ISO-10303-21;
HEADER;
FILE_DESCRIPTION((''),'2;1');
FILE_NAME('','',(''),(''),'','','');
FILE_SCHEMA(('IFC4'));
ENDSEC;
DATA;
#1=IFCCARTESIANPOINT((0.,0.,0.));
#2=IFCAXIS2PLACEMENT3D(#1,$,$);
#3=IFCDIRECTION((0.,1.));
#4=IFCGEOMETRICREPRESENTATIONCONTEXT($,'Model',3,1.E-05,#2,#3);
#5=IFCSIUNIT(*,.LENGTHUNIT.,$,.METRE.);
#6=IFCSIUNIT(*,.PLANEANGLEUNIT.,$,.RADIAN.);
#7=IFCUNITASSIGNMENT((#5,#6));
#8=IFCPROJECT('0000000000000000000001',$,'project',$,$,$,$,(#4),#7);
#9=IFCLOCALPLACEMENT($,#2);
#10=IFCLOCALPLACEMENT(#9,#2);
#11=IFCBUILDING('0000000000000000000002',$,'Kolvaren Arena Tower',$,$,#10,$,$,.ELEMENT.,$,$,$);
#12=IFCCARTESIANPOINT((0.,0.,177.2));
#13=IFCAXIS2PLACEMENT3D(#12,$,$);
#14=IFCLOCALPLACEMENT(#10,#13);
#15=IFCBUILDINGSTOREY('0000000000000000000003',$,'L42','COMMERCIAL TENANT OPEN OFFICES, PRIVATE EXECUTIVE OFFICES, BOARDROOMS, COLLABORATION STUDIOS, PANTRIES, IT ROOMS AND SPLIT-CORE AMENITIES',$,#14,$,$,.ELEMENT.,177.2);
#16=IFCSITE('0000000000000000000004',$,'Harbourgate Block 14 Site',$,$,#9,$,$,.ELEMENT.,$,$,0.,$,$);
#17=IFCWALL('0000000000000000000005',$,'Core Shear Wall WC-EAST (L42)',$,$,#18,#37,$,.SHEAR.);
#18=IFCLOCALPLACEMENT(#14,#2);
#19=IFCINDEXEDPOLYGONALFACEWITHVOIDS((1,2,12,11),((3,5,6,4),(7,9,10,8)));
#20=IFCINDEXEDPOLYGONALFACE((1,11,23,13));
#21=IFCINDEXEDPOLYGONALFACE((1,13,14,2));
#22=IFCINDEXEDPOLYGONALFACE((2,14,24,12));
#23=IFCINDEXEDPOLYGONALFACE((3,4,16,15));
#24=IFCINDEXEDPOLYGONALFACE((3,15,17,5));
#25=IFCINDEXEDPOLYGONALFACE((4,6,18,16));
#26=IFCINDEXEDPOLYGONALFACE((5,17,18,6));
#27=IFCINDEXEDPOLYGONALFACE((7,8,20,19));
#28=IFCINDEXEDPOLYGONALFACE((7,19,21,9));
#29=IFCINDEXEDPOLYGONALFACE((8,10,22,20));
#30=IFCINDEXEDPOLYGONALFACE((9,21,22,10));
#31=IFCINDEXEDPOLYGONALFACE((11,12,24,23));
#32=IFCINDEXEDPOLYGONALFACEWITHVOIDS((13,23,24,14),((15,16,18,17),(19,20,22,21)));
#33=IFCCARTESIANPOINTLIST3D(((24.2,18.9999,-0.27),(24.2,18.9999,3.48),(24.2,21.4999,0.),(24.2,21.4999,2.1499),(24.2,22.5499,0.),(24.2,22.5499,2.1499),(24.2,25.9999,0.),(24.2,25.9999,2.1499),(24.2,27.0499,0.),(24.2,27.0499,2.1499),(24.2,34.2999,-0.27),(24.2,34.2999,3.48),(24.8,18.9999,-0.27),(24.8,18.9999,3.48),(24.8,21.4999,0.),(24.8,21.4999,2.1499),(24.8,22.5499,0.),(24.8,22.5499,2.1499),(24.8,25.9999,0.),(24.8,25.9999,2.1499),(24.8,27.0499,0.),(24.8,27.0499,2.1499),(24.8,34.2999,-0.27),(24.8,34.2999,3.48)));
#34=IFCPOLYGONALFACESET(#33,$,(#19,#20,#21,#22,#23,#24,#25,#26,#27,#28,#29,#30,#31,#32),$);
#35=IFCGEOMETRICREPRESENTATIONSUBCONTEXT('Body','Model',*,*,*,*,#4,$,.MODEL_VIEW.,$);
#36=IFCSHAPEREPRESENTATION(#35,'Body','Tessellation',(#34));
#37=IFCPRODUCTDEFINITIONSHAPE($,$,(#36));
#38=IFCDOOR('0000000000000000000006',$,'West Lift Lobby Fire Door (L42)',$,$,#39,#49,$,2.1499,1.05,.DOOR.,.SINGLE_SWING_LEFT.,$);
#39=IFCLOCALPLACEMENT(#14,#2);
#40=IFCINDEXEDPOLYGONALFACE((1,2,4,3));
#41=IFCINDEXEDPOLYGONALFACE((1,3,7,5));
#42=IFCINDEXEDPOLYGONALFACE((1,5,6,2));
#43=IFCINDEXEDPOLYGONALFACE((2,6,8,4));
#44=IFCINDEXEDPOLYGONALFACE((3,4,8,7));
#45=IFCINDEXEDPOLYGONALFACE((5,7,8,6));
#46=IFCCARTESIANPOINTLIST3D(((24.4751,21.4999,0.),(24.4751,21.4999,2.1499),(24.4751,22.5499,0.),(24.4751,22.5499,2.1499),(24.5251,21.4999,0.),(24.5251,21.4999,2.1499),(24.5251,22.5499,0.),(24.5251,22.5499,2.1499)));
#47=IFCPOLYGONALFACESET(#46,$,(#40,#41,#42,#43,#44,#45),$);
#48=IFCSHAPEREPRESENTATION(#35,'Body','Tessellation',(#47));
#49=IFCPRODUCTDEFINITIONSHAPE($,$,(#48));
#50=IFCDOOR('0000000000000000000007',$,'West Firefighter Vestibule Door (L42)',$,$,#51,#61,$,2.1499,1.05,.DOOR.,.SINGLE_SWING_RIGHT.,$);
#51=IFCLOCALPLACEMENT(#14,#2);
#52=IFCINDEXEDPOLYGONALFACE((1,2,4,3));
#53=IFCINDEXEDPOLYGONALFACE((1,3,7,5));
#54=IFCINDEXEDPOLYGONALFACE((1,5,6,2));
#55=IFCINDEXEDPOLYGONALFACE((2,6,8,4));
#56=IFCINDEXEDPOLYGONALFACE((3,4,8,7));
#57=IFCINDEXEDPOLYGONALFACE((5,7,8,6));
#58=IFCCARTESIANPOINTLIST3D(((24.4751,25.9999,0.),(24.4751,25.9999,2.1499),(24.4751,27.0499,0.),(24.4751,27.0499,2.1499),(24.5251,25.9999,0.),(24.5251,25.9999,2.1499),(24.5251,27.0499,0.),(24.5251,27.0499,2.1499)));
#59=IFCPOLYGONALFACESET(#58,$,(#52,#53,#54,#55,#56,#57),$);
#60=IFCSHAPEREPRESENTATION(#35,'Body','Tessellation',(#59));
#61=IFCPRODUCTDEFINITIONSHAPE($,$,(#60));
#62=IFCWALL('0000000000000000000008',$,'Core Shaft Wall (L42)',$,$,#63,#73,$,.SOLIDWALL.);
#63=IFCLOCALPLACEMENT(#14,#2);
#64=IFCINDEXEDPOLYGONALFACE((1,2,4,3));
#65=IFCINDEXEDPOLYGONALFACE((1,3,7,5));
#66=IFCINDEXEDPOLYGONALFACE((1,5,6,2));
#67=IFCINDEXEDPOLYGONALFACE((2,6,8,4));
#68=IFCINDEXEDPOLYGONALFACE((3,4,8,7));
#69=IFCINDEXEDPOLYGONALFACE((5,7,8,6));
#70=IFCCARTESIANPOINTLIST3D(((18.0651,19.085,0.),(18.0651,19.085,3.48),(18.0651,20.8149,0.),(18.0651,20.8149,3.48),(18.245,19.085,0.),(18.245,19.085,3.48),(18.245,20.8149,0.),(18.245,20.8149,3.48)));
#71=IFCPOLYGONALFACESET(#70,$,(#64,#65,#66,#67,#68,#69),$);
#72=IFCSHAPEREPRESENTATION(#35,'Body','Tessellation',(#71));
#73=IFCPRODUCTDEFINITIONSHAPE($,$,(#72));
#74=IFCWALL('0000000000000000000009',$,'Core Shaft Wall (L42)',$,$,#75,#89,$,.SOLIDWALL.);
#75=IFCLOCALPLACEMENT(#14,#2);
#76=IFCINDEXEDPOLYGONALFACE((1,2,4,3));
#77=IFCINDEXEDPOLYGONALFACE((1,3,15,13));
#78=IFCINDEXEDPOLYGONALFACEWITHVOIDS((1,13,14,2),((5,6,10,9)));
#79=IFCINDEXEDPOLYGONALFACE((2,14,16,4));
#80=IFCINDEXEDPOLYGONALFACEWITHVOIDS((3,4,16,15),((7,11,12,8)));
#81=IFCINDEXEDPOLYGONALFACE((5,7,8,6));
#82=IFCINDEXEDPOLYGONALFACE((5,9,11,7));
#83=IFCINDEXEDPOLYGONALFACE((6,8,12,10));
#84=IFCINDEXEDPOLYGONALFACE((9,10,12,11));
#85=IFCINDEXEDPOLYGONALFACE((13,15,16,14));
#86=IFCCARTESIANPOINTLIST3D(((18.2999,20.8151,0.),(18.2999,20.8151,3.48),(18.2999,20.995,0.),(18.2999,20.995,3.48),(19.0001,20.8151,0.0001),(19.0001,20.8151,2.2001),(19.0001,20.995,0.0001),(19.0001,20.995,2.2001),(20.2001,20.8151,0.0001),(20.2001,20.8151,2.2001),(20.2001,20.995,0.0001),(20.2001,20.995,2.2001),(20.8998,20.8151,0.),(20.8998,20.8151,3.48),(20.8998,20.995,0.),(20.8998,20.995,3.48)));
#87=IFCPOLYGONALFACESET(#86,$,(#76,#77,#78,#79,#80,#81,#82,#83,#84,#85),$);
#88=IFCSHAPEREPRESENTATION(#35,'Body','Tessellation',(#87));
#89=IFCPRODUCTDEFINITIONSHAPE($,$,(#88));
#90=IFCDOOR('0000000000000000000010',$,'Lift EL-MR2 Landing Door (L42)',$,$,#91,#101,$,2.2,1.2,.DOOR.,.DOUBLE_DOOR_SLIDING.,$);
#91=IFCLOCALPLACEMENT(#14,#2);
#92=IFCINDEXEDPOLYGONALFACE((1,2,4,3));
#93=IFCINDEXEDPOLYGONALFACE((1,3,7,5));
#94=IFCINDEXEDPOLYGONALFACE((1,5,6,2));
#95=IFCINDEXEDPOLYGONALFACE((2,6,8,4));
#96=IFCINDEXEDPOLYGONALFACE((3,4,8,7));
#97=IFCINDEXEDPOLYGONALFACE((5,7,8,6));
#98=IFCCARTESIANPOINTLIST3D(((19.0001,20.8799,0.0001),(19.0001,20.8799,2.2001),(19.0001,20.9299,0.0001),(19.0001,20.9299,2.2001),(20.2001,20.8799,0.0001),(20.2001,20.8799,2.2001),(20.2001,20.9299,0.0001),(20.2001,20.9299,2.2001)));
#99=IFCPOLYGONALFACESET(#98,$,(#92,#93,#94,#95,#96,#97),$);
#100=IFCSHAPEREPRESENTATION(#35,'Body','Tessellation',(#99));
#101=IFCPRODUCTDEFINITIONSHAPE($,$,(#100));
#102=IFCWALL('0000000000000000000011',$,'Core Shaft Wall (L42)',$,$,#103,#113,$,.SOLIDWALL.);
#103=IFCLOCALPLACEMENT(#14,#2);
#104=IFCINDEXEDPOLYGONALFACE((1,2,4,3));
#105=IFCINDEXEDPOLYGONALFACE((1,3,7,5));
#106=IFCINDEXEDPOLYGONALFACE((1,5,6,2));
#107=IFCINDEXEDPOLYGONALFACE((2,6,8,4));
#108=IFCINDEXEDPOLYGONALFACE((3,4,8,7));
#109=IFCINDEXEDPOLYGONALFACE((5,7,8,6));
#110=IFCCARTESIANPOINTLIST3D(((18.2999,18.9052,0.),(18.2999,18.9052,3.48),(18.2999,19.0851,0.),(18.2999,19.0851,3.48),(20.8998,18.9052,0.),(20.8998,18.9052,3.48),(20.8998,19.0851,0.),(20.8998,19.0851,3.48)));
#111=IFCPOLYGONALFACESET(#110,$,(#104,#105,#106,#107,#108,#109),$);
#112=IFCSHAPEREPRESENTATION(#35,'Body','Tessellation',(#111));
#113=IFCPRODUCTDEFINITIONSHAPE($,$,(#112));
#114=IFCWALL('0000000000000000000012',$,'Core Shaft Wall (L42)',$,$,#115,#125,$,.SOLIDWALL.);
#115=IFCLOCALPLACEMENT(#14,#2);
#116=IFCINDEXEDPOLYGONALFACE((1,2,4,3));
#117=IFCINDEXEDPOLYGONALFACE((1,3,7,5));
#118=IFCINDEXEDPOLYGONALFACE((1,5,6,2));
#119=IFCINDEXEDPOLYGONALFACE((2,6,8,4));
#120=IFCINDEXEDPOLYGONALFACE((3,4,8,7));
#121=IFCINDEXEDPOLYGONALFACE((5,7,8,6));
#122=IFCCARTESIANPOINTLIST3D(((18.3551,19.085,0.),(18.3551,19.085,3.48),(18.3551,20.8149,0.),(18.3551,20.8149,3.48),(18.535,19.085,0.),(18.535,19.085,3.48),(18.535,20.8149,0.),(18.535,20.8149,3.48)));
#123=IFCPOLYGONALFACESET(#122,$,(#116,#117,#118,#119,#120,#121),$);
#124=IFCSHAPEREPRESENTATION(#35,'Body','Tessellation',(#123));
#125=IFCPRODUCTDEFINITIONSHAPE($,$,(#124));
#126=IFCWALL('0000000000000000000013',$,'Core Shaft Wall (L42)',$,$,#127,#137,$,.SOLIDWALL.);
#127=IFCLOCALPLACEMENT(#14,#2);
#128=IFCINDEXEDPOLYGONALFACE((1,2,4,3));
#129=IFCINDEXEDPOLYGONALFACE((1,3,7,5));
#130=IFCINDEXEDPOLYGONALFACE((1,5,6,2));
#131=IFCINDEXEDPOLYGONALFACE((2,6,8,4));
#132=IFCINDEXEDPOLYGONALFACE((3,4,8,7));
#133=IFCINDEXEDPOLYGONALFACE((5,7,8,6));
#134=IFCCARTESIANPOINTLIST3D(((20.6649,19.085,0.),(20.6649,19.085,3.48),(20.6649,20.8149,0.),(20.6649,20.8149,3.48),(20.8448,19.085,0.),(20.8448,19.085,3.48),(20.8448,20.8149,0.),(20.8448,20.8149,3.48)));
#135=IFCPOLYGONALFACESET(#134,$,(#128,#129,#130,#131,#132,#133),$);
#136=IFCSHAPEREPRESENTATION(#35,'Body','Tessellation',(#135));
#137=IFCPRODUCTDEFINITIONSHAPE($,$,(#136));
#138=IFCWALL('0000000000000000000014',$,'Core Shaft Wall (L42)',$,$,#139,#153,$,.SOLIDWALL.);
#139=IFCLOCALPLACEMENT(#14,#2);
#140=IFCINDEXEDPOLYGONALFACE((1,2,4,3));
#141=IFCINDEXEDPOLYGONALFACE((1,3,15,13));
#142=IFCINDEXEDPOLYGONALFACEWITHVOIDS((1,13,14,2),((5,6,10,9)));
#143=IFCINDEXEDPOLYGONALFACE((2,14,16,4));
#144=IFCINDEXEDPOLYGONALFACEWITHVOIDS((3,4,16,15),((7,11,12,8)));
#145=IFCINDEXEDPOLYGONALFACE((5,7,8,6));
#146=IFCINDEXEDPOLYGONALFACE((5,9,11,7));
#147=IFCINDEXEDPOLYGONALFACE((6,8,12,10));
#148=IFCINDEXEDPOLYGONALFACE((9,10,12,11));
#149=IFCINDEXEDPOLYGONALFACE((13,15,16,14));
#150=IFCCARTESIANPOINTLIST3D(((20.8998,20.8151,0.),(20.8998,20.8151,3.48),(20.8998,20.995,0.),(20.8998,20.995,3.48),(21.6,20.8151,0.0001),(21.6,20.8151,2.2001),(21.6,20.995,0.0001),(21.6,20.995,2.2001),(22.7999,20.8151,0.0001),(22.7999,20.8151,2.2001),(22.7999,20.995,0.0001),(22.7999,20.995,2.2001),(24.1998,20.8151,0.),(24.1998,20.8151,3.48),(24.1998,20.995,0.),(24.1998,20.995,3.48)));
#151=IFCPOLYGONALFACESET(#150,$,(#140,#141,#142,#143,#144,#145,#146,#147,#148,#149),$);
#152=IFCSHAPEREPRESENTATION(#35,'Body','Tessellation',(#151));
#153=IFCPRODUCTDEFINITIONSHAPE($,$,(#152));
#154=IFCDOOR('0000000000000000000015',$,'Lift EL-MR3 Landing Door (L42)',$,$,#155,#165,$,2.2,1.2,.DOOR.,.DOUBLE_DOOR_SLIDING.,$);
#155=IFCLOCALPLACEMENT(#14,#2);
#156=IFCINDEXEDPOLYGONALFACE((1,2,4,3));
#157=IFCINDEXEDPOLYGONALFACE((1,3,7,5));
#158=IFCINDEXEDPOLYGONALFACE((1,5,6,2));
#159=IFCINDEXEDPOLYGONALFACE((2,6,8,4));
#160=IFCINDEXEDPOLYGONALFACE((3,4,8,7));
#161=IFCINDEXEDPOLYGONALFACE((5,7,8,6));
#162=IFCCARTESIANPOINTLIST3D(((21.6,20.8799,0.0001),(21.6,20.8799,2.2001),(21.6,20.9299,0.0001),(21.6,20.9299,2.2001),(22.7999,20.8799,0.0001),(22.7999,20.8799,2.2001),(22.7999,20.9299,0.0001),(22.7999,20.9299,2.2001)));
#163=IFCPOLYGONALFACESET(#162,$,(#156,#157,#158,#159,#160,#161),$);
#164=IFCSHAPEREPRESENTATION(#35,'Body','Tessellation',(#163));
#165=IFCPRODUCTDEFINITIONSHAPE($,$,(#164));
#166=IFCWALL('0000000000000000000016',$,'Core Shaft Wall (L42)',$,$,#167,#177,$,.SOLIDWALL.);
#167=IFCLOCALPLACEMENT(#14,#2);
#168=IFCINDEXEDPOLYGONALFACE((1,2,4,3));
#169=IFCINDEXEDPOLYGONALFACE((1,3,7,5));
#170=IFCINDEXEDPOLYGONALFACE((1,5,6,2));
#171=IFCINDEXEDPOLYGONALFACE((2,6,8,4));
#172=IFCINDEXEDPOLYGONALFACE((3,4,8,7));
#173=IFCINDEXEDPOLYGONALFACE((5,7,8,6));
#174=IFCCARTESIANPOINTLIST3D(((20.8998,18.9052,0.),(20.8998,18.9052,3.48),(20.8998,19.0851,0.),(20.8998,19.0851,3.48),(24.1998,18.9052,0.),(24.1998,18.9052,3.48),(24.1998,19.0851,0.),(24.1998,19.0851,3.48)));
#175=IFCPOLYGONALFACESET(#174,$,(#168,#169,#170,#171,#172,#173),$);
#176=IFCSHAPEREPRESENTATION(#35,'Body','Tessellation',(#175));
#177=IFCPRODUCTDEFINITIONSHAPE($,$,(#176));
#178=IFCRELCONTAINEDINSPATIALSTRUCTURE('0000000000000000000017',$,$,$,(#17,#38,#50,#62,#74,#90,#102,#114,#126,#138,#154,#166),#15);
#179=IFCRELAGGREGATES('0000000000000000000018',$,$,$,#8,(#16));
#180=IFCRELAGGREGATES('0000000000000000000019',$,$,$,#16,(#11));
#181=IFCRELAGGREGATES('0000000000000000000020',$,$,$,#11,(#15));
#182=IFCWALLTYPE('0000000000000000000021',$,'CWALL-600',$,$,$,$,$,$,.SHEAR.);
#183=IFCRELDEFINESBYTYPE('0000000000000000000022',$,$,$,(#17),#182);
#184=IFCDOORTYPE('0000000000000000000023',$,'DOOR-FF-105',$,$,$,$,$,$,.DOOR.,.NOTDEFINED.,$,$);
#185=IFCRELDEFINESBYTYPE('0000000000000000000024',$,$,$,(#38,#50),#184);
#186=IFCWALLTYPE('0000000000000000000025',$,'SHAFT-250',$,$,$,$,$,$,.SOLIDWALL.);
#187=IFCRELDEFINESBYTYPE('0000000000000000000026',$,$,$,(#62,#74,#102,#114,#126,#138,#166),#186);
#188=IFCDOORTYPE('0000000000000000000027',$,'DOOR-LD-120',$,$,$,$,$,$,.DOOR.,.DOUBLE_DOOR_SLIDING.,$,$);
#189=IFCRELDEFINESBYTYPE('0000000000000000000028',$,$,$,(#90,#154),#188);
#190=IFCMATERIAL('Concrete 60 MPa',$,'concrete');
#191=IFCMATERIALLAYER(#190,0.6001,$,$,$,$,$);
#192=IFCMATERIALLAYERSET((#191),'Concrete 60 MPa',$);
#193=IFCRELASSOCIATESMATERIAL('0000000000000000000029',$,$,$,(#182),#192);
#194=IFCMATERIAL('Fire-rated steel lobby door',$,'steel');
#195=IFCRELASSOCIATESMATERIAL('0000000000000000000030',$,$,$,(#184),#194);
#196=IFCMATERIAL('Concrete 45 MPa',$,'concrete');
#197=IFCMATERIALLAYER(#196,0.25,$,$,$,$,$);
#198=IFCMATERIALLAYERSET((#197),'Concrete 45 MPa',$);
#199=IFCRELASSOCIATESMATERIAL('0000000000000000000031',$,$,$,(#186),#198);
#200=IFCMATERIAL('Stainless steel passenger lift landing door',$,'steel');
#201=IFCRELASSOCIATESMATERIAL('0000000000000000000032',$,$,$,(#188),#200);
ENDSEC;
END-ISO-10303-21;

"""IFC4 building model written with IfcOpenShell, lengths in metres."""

from ifc_helpers import new_model, si_unit, direction, frame, frame_2d, origin, place, context, subcontext, project, spatial, rectangle, extrude, material, layer, layer_set, type_object, element, fill, save


model = new_model("IFC4")

# Units and contexts
model_context = context("Model", 3, precision=1e-05, world=origin(), true_north=direction((0.0, 1.0)))
body_context = subcontext(model_context, "Body", "Model", "MODEL_VIEW")
ifc_project = project(units=[si_unit("LENGTHUNIT", "METRE"), si_unit("PLANEANGLEUNIT", "RADIAN")], contexts=[model_context])

# Site, building, storey
site_placement = place(None, origin())
site = spatial("IfcSite", under=ifc_project, at=site_placement, Name="Harbourgate Block 14 Site", CompositionType="ELEMENT", RefElevation=0.0)
building_placement = place(site_placement, origin())
building = spatial("IfcBuilding", under=site, at=building_placement, Name="Kolvaren Arena Tower", CompositionType="ELEMENT")
storey_placement = place(building_placement, frame((0.0, 0.0, 177.2)))
storey = spatial("IfcBuildingStorey", under=building, at=storey_placement, Name="L42", Description="COMMERCIAL TENANT OPEN OFFICES, PRIVATE EXECUTIVE OFFICES, BOARDROOMS, COLLABORATION STUDIOS, PANTRIES, IT ROOMS AND SPLIT-CORE AMENITIES", CompositionType="ELEMENT", Elevation=177.2)

# Wall, openings, doors
ifc_material_1 = material(Name="Concrete 60 MPa", Category="concrete")
ifc_layer_1 = layer(ifc_material_1, 0.6001)
ifc_layer_set_1 = layer_set([ifc_layer_1], Name="Concrete 60 MPa")
wall_type_1 = type_object("IfcWallType", Name="CWALL-600", PredefinedType="SHEAR", material=ifc_layer_set_1)
wall_1_placement = place(storey_placement, frame((24.5, 19.0, -0.27), z_axis=(0.0, 0.0, 1.0), x_axis=(0.0, 1.0, 0.0)))
wall_1 = element("IfcWall", 1, at=wall_1_placement, inside=storey, type_object=wall_type_1, Name="Core Shear Wall WC-EAST (L42)", PredefinedType="SHEAR", context=body_context, shape_type="SweptSolid", body=[
    extrude(rectangle(XDim=15.3, YDim=0.6001, at=frame_2d((7.6499, 0.0))), origin(), (0.0, 0.0, 1.0), 3.75),
])
opening_1_placement = place(wall_1_placement, frame((2.5, 0.0, 0.27)))
opening_1 = element("IfcOpeningElement", 2, at=opening_1_placement, cuts=wall_1, PredefinedType="OPENING", context=body_context, shape_type="SweptSolid", body=[
    extrude(rectangle(XDim=1.05, YDim=2.1499, at=frame_2d((0.5249, 1.075))), frame((0.0, 0.3101, 0.0), z_axis=(0.0, -1.0, 0.0), x_axis=(1.0, 0.0, 0.0)), (0.0, 0.0, 1.0), 0.6201),
])
opening_2_placement = place(wall_1_placement, frame((7.0, 0.0, 0.27)))
opening_2 = element("IfcOpeningElement", 3, at=opening_2_placement, cuts=wall_1, PredefinedType="OPENING", context=body_context, shape_type="SweptSolid", body=[
    extrude(rectangle(XDim=1.05, YDim=2.1499, at=frame_2d((0.5249, 1.075))), frame((0.0, 0.3101, 0.0), z_axis=(0.0, -1.0, 0.0), x_axis=(1.0, 0.0, 0.0)), (0.0, 0.0, 1.0), 0.6201),
])
ifc_material_2 = material(Name="Fire-rated steel lobby door", Category="steel")
door_type_1 = type_object("IfcDoorType", Name="DOOR-FF-105", OperationType="NOTDEFINED", PredefinedType="DOOR", material=ifc_material_2)
door_1_placement = place(opening_1_placement, origin())
door_1 = element("IfcDoor", 4, at=door_1_placement, inside=storey, type_object=door_type_1, Name="West Lift Lobby Fire Door (L42)", OperationType="SINGLE_SWING_LEFT", OverallHeight=2.1499, OverallWidth=1.05, PredefinedType="DOOR", context=body_context, shape_type="SweptSolid", body=[
    extrude(rectangle(XDim=1.05, YDim=2.1499, at=frame_2d((0.5249, 1.075))), frame((0.0, 0.0249, 0.0), z_axis=(0.0, -1.0, 0.0), x_axis=(1.0, 0.0, 0.0)), (0.0, 0.0, 1.0), 0.05),
])
fill(opening_1, door_1)
door_2_placement = place(opening_2_placement, origin())
door_2 = element("IfcDoor", 5, at=door_2_placement, inside=storey, type_object=door_type_1, Name="West Firefighter Vestibule Door (L42)", OperationType="SINGLE_SWING_RIGHT", OverallHeight=2.1499, OverallWidth=1.05, PredefinedType="DOOR", context=body_context, shape_type="SweptSolid", body=[
    extrude(rectangle(XDim=1.05, YDim=2.1499, at=frame_2d((0.5249, 1.075))), frame((0.0, 0.0249, 0.0), z_axis=(0.0, -1.0, 0.0), x_axis=(1.0, 0.0, 0.0)), (0.0, 0.0, 1.0), 0.05),
])
fill(opening_2, door_2)

# Wall
ifc_material_3 = material(Name="Concrete 45 MPa", Category="concrete")
ifc_layer_2 = layer(ifc_material_3, 0.25)
ifc_layer_set_2 = layer_set([ifc_layer_2], Name="Concrete 45 MPa")
wall_type_2 = type_object("IfcWallType", Name="SHAFT-250", PredefinedType="SOLIDWALL", material=ifc_layer_set_2)
wall_2_placement = place(storey_placement, frame((18.155, 19.085, 0.0), z_axis=(0.0, 0.0, 1.0), x_axis=(0.0, 1.0, 0.0)))
element("IfcWall", 6, at=wall_2_placement, inside=storey, type_object=wall_type_2, Name="Core Shaft Wall (L42)", PredefinedType="SOLIDWALL", context=body_context, shape_type="SweptSolid", body=[
    extrude(rectangle(XDim=1.73, YDim=0.1799, at=frame_2d((0.865, 0.0))), origin(), (0.0, 0.0, 1.0), 3.48),
])

# Wall, opening, door
wall_3_placement = place(storey_placement, frame((18.3, 20.905, 0.0), z_axis=(0.0, 0.0, 1.0), x_axis=(1.0, 0.0, 0.0)))
wall_3 = element("IfcWall", 7, at=wall_3_placement, inside=storey, type_object=wall_type_2, Name="Core Shaft Wall (L42)", PredefinedType="SOLIDWALL", context=body_context, shape_type="SweptSolid", body=[
    extrude(rectangle(XDim=2.5999, YDim=0.1799, at=frame_2d((1.2998, 0.0))), origin(), (0.0, 0.0, 1.0), 3.48),
])
opening_3_placement = place(wall_3_placement, frame((0.7, 0.0, 0.0)))
opening_3 = element("IfcOpeningElement", 8, at=opening_3_placement, cuts=wall_3, PredefinedType="OPENING", context=body_context, shape_type="SweptSolid", body=[
    extrude(rectangle(XDim=1.2, YDim=2.2, at=frame_2d((0.6001, 1.1001))), frame((0.0, 0.0999, 0.0), z_axis=(0.0, -1.0, 0.0), x_axis=(1.0, 0.0, 0.0)), (0.0, 0.0, 1.0), 0.2),
])
ifc_material_4 = material(Name="Stainless steel passenger lift landing door", Category="steel")
door_type_2 = type_object("IfcDoorType", Name="DOOR-LD-120", OperationType="DOUBLE_DOOR_SLIDING", PredefinedType="DOOR", material=ifc_material_4)
door_3_placement = place(opening_3_placement, origin())
door_3 = element("IfcDoor", 9, at=door_3_placement, inside=storey, type_object=door_type_2, Name="Lift EL-MR2 Landing Door (L42)", OperationType="DOUBLE_DOOR_SLIDING", OverallHeight=2.2, OverallWidth=1.2, PredefinedType="DOOR", context=body_context, shape_type="SweptSolid", body=[
    extrude(rectangle(XDim=1.2, YDim=2.2, at=frame_2d((0.6001, 1.1001))), frame((0.0, 0.0249, 0.0), z_axis=(0.0, -1.0, 0.0), x_axis=(1.0, 0.0, 0.0)), (0.0, 0.0, 1.0), 0.05),
])
fill(opening_3, door_3)

# Walls
wall_4_placement = place(storey_placement, frame((18.3, 18.9951, 0.0), z_axis=(0.0, 0.0, 1.0), x_axis=(1.0, 0.0, 0.0)))
element("IfcWall", 10, at=wall_4_placement, inside=storey, type_object=wall_type_2, Name="Core Shaft Wall (L42)", PredefinedType="SOLIDWALL", context=body_context, shape_type="SweptSolid", body=[
    extrude(rectangle(XDim=2.5999, YDim=0.1799, at=frame_2d((1.2998, 0.0))), origin(), (0.0, 0.0, 1.0), 3.48),
])
for number, where, z_axis, x_axis, name in (
    (11, (18.4451, 19.085, 0.0), (0.0, 0.0, 1.0), (0.0, 1.0, 0.0), "Core Shaft Wall (L42)"),
    (12, (20.7549, 19.085, 0.0), (0.0, 0.0, 1.0), (0.0, 1.0, 0.0), "Core Shaft Wall (L42)"),
):
    element("IfcWall", number, at=place(storey_placement, frame(where, z_axis=z_axis, x_axis=x_axis)), inside=storey, type_object=wall_type_2, Name=name, PredefinedType="SOLIDWALL", context=body_context, shape_type="SweptSolid", body=[
        extrude(rectangle(XDim=1.73, YDim=0.1799, at=frame_2d((0.865, 0.0))), origin(), (0.0, 0.0, 1.0), 3.48),
    ])

# Wall, opening, door
wall_5_placement = place(storey_placement, frame((20.8999, 20.905, 0.0), z_axis=(0.0, 0.0, 1.0), x_axis=(1.0, 0.0, 0.0)))
wall_5 = element("IfcWall", 13, at=wall_5_placement, inside=storey, type_object=wall_type_2, Name="Core Shaft Wall (L42)", PredefinedType="SOLIDWALL", context=body_context, shape_type="SweptSolid", body=[
    extrude(rectangle(XDim=3.3, YDim=0.1799, at=frame_2d((1.6499, 0.0))), origin(), (0.0, 0.0, 1.0), 3.48),
])
opening_4_placement = place(wall_5_placement, frame((0.7, 0.0, 0.0)))
opening_4 = element("IfcOpeningElement", 14, at=opening_4_placement, cuts=wall_5, PredefinedType="OPENING", context=body_context, shape_type="SweptSolid", body=[
    extrude(rectangle(XDim=1.2, YDim=2.2, at=frame_2d((0.6001, 1.1001))), frame((0.0, 0.0999, 0.0), z_axis=(0.0, -1.0, 0.0), x_axis=(1.0, 0.0, 0.0)), (0.0, 0.0, 1.0), 0.2),
])
door_4_placement = place(opening_4_placement, origin())
door_4 = element("IfcDoor", 15, at=door_4_placement, inside=storey, type_object=door_type_2, Name="Lift EL-MR3 Landing Door (L42)", OperationType="DOUBLE_DOOR_SLIDING", OverallHeight=2.2, OverallWidth=1.2, PredefinedType="DOOR", context=body_context, shape_type="SweptSolid", body=[
    extrude(rectangle(XDim=1.2, YDim=2.2, at=frame_2d((0.6001, 1.1001))), frame((0.0, 0.0249, 0.0), z_axis=(0.0, -1.0, 0.0), x_axis=(1.0, 0.0, 0.0)), (0.0, 0.0, 1.0), 0.05),
])
fill(opening_4, door_4)

# Wall
wall_6_placement = place(storey_placement, frame((20.8999, 18.9951, 0.0), z_axis=(0.0, 0.0, 1.0), x_axis=(1.0, 0.0, 0.0)))
element("IfcWall", 16, at=wall_6_placement, inside=storey, type_object=wall_type_2, Name="Core Shaft Wall (L42)", PredefinedType="SOLIDWALL", context=body_context, shape_type="SweptSolid", body=[
    extrude(rectangle(XDim=3.3, YDim=0.1799, at=frame_2d((1.6499, 0.0))), origin(), (0.0, 0.0, 1.0), 3.48),
])

save(model, "model.ifc")
